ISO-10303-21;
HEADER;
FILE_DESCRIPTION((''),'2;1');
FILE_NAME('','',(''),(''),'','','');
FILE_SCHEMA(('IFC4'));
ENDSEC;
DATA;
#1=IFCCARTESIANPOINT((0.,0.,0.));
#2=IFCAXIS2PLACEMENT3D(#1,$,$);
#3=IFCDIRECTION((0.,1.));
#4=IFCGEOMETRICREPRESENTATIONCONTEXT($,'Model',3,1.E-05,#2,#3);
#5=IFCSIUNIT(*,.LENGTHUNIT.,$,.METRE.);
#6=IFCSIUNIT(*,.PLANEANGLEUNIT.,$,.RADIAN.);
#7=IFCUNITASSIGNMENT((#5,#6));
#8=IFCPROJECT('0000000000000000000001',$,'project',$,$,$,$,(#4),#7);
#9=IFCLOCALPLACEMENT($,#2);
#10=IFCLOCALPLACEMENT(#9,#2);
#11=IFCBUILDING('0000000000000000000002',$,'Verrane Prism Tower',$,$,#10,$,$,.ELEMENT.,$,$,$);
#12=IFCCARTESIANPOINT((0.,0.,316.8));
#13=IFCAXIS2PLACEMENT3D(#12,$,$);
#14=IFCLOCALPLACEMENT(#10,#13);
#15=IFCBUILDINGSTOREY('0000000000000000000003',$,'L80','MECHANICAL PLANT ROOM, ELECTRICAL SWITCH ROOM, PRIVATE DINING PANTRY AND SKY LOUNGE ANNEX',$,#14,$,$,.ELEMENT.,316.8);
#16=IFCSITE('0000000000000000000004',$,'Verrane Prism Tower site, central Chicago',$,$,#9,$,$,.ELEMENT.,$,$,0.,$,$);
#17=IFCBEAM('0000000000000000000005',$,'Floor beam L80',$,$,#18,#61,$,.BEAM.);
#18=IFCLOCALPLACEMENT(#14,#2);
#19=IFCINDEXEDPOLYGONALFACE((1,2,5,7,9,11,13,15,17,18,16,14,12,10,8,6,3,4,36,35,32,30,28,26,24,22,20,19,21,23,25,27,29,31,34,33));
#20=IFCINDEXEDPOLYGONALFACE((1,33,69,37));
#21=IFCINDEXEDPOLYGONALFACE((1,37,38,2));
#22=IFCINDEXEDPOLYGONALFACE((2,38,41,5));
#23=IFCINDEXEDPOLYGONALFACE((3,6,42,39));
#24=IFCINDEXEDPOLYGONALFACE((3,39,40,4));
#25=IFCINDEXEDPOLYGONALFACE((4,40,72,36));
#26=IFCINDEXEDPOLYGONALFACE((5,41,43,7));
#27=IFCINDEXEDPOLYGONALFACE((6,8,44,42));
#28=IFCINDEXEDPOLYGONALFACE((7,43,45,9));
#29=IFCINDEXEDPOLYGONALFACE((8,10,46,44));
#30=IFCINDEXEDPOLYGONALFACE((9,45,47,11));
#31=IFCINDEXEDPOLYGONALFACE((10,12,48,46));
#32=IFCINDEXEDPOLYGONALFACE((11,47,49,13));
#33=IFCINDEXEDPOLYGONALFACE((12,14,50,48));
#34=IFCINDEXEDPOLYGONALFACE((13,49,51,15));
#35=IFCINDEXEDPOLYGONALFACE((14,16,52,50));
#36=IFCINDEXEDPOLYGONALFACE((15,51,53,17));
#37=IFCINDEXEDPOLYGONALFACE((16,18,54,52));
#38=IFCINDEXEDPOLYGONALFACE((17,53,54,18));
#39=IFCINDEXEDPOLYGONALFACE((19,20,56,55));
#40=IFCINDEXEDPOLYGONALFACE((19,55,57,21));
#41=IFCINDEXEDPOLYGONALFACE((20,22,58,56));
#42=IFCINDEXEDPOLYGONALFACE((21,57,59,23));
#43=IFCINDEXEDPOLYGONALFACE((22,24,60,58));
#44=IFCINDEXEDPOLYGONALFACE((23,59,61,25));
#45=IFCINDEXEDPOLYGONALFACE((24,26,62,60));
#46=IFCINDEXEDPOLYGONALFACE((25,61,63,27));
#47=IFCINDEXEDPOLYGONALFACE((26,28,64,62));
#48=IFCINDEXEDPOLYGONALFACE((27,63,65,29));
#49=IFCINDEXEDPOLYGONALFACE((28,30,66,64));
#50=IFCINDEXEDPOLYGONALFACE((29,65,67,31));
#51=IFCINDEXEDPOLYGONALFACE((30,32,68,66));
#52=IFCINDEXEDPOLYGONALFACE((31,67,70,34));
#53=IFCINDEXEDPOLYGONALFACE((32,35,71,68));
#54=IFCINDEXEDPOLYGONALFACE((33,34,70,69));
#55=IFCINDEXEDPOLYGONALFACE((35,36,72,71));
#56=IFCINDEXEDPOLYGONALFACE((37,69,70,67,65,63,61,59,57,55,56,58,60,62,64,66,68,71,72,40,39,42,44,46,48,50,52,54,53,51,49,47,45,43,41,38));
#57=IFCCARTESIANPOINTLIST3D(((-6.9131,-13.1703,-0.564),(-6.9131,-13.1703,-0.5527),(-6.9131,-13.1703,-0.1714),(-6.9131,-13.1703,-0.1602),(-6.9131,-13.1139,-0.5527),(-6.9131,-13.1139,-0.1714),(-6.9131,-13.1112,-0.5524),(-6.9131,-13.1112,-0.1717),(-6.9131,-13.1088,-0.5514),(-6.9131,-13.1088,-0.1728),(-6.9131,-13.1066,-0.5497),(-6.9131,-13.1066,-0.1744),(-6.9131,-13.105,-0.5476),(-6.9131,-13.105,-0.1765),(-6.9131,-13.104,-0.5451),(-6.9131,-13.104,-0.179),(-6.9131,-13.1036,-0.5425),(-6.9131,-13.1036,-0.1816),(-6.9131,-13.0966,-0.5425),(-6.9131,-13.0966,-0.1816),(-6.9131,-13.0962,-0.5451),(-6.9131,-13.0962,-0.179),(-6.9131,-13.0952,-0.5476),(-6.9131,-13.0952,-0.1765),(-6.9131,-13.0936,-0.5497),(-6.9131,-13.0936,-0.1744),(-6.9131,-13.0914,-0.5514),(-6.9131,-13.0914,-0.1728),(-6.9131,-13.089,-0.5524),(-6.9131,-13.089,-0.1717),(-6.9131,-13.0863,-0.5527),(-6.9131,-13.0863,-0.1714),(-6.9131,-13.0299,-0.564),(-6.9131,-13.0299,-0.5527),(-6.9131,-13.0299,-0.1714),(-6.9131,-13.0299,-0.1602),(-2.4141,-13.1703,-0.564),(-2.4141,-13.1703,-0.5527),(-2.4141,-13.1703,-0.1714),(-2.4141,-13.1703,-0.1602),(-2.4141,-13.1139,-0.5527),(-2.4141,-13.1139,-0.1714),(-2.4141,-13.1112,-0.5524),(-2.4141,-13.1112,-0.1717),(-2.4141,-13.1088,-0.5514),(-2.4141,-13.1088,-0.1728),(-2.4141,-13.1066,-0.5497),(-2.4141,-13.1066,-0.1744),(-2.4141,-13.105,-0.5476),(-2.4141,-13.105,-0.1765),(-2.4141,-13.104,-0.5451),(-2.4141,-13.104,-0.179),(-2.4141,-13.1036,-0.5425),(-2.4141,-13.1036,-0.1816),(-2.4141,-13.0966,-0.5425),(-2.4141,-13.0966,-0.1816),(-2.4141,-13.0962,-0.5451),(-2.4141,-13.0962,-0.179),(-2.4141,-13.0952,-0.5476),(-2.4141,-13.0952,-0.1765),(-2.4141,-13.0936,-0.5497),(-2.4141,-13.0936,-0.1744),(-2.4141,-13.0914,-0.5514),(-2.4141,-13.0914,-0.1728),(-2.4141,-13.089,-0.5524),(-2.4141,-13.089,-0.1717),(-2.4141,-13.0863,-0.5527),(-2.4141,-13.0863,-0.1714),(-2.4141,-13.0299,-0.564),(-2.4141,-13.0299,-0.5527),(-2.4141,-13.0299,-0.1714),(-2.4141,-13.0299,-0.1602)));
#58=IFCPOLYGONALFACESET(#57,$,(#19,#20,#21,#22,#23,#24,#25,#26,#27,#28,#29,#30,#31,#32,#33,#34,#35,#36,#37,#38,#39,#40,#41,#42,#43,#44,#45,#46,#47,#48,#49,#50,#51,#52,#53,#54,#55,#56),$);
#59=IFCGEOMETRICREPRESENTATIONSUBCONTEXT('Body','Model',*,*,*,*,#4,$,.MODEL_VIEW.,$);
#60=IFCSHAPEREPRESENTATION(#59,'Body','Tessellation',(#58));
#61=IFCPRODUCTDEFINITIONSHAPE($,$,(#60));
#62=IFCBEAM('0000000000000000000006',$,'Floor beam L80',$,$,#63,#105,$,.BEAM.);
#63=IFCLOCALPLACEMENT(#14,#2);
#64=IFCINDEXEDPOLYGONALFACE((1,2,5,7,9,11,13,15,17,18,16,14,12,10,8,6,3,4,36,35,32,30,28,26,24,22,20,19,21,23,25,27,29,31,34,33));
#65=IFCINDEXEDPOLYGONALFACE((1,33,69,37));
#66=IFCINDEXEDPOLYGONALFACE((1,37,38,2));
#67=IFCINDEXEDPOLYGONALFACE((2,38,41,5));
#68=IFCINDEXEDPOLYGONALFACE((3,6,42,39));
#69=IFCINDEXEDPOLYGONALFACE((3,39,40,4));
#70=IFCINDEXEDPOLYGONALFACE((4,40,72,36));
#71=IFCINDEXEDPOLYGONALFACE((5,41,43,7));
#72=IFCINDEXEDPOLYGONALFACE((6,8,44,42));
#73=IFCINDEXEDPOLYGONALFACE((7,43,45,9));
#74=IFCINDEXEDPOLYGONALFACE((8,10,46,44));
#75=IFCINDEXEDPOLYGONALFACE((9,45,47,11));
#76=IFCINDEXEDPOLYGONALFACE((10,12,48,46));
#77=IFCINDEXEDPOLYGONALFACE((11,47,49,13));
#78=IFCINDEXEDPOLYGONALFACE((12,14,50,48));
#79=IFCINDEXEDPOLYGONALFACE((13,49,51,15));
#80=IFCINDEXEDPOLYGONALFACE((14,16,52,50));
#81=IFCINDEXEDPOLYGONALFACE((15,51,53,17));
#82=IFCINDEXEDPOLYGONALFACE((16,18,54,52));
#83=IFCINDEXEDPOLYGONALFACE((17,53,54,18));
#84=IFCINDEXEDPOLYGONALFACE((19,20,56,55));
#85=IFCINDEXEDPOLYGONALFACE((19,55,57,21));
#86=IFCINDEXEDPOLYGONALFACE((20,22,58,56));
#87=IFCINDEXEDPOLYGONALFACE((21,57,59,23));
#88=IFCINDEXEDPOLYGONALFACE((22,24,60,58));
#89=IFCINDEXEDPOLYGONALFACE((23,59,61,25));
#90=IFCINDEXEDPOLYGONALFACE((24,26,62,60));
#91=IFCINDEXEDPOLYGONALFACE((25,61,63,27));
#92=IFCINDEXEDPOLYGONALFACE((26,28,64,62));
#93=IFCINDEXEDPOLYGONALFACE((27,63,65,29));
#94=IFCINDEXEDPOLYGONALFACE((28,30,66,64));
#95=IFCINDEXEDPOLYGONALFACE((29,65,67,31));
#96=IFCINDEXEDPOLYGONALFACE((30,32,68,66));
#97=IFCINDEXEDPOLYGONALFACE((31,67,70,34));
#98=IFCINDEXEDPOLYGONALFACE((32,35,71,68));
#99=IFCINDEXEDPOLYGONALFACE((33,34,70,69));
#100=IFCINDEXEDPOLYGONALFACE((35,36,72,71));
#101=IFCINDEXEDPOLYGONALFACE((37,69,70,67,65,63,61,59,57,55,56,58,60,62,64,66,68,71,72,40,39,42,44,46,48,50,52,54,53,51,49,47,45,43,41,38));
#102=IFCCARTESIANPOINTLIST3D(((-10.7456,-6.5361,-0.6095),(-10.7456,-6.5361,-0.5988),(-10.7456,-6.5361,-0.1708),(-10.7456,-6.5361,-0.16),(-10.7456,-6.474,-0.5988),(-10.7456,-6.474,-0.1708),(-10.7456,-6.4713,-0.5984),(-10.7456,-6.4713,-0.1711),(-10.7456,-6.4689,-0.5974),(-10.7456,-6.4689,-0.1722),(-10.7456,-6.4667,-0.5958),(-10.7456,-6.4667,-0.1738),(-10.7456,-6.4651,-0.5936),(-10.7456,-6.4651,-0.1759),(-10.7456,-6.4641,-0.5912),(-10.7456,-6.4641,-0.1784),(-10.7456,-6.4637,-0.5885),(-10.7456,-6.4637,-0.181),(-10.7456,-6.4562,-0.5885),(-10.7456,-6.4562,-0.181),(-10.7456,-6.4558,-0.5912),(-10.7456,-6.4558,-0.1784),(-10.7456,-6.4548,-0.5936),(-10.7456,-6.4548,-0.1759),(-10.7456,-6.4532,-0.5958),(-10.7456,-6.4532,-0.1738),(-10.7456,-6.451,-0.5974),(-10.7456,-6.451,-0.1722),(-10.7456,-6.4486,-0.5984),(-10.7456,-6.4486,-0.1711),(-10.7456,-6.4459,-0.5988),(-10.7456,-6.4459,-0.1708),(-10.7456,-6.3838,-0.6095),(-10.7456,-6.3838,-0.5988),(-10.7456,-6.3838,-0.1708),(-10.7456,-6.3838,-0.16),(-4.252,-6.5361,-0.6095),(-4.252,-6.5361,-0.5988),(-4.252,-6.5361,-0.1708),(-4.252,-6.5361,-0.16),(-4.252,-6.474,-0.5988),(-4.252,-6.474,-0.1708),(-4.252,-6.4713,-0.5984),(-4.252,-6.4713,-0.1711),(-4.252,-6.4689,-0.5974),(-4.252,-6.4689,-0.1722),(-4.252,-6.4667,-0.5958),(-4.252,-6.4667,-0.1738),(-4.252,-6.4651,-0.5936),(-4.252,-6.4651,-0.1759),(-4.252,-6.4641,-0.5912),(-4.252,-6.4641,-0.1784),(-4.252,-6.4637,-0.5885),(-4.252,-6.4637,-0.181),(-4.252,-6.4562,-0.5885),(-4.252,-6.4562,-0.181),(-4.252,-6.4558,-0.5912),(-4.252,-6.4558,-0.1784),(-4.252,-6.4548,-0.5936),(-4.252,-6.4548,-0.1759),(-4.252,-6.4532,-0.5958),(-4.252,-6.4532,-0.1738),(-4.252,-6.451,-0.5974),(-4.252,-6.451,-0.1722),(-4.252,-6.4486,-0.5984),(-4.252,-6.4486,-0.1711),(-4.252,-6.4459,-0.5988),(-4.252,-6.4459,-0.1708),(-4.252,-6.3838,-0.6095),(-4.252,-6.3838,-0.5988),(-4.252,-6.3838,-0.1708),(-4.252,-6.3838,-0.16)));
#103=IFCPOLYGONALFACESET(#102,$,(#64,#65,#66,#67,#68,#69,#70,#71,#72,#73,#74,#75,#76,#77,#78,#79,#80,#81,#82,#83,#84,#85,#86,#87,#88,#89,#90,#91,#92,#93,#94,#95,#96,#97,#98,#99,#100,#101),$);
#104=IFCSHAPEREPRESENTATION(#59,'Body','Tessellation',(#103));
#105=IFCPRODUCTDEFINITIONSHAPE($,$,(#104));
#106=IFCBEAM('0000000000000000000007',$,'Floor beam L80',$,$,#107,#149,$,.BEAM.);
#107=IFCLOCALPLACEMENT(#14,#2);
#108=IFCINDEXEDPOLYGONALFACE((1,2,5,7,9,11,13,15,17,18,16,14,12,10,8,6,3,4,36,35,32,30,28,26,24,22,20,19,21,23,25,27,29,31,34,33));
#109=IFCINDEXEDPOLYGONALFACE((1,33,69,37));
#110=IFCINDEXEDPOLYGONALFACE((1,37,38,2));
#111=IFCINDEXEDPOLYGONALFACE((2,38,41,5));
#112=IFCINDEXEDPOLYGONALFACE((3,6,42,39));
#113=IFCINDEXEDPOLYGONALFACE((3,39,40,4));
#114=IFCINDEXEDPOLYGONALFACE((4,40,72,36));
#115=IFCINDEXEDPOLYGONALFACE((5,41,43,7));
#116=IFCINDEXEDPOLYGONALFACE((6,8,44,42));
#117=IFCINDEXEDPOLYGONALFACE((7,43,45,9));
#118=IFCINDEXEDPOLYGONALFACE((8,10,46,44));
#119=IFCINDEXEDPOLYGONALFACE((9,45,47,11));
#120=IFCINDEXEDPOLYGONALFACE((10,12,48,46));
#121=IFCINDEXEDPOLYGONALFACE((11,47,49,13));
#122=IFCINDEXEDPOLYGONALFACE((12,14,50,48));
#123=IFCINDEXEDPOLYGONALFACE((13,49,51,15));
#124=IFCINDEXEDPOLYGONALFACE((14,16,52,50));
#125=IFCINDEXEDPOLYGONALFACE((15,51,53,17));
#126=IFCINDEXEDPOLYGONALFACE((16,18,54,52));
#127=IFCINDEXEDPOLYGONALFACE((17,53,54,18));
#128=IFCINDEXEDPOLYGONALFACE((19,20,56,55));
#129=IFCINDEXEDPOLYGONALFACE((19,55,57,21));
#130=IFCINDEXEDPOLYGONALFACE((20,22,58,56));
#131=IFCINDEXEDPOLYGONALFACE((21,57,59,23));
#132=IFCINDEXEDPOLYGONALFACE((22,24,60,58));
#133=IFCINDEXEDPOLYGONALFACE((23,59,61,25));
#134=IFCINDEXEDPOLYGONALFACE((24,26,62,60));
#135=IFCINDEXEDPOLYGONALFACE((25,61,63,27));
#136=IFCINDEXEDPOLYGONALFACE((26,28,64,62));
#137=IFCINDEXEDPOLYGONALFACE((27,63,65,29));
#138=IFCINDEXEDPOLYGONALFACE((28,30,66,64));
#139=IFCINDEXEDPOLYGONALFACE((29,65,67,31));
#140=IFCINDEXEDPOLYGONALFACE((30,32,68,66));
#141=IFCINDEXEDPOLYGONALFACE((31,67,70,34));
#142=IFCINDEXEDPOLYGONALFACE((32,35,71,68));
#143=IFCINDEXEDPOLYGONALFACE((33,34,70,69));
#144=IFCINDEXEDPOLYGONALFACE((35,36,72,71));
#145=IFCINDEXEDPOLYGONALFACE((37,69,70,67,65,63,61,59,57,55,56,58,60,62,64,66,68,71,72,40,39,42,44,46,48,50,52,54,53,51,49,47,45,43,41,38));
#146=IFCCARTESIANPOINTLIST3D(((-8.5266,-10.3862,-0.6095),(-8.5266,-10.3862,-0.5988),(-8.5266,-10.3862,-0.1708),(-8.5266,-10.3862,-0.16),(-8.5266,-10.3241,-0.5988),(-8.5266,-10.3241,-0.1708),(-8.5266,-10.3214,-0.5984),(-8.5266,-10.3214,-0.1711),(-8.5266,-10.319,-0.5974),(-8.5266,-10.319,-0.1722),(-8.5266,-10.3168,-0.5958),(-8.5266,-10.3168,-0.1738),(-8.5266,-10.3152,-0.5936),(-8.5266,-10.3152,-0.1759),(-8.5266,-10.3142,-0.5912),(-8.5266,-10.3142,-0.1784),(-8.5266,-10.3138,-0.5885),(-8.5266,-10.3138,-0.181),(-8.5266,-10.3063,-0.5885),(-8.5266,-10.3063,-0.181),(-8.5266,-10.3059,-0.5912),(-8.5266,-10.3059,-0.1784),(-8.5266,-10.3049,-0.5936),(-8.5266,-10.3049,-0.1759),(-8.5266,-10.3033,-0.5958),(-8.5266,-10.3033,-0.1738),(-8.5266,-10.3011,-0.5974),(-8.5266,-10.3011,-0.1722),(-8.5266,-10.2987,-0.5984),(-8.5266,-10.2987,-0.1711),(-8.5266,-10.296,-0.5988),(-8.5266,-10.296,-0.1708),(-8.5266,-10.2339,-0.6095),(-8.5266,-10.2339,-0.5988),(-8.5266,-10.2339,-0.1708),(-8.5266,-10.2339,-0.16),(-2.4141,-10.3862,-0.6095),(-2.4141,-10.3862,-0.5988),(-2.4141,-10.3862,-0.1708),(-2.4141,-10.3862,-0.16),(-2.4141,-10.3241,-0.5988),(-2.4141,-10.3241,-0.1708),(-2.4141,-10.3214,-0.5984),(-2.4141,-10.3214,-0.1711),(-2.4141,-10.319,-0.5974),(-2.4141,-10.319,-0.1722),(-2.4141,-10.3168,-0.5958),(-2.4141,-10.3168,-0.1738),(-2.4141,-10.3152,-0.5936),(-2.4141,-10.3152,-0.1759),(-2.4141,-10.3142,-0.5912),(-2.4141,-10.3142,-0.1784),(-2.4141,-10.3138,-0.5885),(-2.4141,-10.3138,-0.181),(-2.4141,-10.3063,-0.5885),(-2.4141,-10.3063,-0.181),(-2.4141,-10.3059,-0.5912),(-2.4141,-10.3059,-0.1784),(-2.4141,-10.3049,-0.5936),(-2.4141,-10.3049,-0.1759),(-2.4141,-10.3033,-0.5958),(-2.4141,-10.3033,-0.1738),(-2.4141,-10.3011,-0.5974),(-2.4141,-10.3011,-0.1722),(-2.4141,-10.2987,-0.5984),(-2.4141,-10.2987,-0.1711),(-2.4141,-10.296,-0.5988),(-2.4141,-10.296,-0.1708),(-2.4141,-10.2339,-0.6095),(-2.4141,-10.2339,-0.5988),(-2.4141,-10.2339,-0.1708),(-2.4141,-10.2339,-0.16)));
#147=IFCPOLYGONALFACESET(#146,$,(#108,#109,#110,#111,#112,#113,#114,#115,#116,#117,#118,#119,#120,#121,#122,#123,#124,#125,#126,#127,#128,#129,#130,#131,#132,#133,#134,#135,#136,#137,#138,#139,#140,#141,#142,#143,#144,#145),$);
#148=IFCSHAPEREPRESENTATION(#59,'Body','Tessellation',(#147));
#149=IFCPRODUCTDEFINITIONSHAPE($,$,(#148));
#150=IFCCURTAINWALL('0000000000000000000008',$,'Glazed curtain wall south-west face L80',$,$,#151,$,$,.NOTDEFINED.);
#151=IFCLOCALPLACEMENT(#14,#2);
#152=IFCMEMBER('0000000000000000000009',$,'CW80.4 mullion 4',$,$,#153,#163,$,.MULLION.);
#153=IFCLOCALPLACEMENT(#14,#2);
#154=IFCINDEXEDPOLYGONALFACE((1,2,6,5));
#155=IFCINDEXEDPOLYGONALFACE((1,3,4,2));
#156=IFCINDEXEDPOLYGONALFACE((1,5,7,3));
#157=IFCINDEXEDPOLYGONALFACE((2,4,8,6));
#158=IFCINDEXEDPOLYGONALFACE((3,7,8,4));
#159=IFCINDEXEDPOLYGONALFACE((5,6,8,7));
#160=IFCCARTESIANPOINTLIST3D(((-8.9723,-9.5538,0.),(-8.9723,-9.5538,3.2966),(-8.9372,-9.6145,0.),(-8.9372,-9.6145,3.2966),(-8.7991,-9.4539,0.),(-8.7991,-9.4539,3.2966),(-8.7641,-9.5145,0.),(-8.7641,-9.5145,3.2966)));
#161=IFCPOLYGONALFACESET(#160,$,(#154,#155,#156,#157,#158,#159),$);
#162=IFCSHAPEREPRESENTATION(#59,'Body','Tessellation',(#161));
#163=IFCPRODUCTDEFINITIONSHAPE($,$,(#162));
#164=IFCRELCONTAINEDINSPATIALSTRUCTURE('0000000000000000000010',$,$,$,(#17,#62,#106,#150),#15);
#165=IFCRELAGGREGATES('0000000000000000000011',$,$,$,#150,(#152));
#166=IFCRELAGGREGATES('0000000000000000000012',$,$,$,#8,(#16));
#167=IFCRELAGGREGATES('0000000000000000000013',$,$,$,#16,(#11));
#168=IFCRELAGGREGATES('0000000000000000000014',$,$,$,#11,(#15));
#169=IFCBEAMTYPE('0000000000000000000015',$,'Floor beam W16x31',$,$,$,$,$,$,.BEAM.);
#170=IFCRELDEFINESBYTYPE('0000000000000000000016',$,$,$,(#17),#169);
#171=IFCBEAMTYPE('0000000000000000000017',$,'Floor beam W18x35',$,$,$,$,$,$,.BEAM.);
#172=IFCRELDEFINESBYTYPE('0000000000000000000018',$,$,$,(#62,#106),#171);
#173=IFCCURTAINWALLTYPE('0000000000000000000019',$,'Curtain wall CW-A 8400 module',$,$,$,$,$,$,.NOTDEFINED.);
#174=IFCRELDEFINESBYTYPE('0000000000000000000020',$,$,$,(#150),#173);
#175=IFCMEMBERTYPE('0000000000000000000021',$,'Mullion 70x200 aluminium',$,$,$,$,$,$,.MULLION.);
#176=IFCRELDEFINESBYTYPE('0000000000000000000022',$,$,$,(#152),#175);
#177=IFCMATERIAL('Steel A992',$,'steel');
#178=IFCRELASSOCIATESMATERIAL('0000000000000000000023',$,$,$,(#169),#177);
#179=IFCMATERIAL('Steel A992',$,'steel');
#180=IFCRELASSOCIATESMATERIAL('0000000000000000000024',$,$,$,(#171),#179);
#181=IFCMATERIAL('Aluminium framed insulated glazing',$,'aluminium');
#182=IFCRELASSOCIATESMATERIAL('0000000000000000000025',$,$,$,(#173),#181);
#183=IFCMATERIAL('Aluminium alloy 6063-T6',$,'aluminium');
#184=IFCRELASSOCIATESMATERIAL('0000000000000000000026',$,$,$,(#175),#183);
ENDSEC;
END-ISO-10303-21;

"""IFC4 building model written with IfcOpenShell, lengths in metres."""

from ifc_helpers import new_model, si_unit, direction, frame, origin, origin_2d, place, context, subcontext, project, spatial, rectangle, i_section, extrude, material, material_profile, profile_set, type_object, element, aggregate, save


model = new_model("IFC4")

# Units and contexts
model_context = context("Model", 3, precision=1e-05, world=origin(), true_north=direction((0.0, 1.0)))
body_context = subcontext(model_context, "Body", "Model", "MODEL_VIEW")
ifc_project = project(units=[si_unit("LENGTHUNIT", "METRE"), si_unit("PLANEANGLEUNIT", "RADIAN")], contexts=[model_context])

# Site, building, storey
site_placement = place(None, origin())
site = spatial("IfcSite", under=ifc_project, at=site_placement, Name="Verrane Prism Tower site, central Chicago", CompositionType="ELEMENT", RefElevation=0.0)
building_placement = place(site_placement, origin())
building = spatial("IfcBuilding", under=site, at=building_placement, Name="Verrane Prism Tower", CompositionType="ELEMENT")
storey_placement = place(building_placement, frame((0.0, 0.0, 316.8)))
storey = spatial("IfcBuildingStorey", under=building, at=storey_placement, Name="L80", Description="MECHANICAL PLANT ROOM, ELECTRICAL SWITCH ROOM, PRIVATE DINING PANTRY AND SKY LOUNGE ANNEX", CompositionType="ELEMENT", Elevation=316.8)

# Beams
ifc_material_1 = material(Name="Steel A992", Category="steel")
ifc_material_profile_1 = material_profile(ifc_material_1, i_section(OverallWidth=0.1404, OverallDepth=0.4038, WebThickness=0.0071, FlangeThickness=0.0112, FilletRadius=0.0103, at=origin_2d()), Name="W16x31")
ifc_profile_set_1 = profile_set([ifc_material_profile_1], Name="Steel A992")
beam_type_1 = type_object("IfcBeamType", Name="Floor beam W16x31", PredefinedType="BEAM", material=ifc_profile_set_1)
beam_1_placement = place(storey_placement, frame((-6.9131, -13.1001, -0.3621), z_axis=(1.0, 0.0, 0.0), x_axis=(0.0, 1.0, 0.0)))
element("IfcBeam", 1, at=beam_1_placement, inside=storey, type_object=beam_type_1, Name="Floor beam L80", PredefinedType="BEAM", context=body_context, shape_type="SweptSolid", body=[
    extrude(i_section(OverallWidth=0.1404, OverallDepth=0.4038, WebThickness=0.0071, FlangeThickness=0.0112, FilletRadius=0.0103, at=origin_2d()), origin(), (0.0, 0.0, 1.0), 4.499),
])
ifc_material_2 = material(Name="Steel A992", Category="steel")
ifc_material_profile_2 = material_profile(ifc_material_2, i_section(OverallWidth=0.1523, OverallDepth=0.4495, WebThickness=0.0076, FlangeThickness=0.0107, FilletRadius=0.0103, at=origin_2d()), Name="W18x35")
ifc_profile_set_2 = profile_set([ifc_material_profile_2], Name="Steel A992")
beam_type_2 = type_object("IfcBeamType", Name="Floor beam W18x35", PredefinedType="BEAM", material=ifc_profile_set_2)
beam_2_placement = place(storey_placement, frame((-10.7456, -6.46, -0.3848), z_axis=(1.0, 0.0, 0.0), x_axis=(0.0, 1.0, 0.0)))
element("IfcBeam", 2, at=beam_2_placement, inside=storey, type_object=beam_type_2, Name="Floor beam L80", PredefinedType="BEAM", context=body_context, shape_type="SweptSolid", body=[
    extrude(i_section(OverallWidth=0.1523, OverallDepth=0.4495, WebThickness=0.0076, FlangeThickness=0.0107, FilletRadius=0.0103, at=origin_2d()), origin(), (0.0, 0.0, 1.0), 6.4937),
])
beam_3_placement = place(storey_placement, frame((-8.5266, -10.3101, -0.3848), z_axis=(1.0, 0.0, 0.0), x_axis=(0.0, 1.0, 0.0)))
element("IfcBeam", 3, at=beam_3_placement, inside=storey, type_object=beam_type_2, Name="Floor beam L80", PredefinedType="BEAM", context=body_context, shape_type="SweptSolid", body=[
    extrude(i_section(OverallWidth=0.1523, OverallDepth=0.4495, WebThickness=0.0076, FlangeThickness=0.0107, FilletRadius=0.0103, at=origin_2d()), origin(), (0.0, 0.0, 1.0), 6.1125),
])

# Curtain wall, member
ifc_material_3 = material(Name="Aluminium framed insulated glazing", Category="aluminium")
curtain_wall_type = type_object("IfcCurtainWallType", Name="Curtain wall CW-A 8400 module", PredefinedType="NOTDEFINED", material=ifc_material_3)
curtain_wall_placement = place(storey_placement, origin())
curtain_wall = element("IfcCurtainWall", 4, at=curtain_wall_placement, inside=storey, type_object=curtain_wall_type, Name="Glazed curtain wall south-west face L80", PredefinedType="NOTDEFINED")
ifc_material_4 = material(Name="Aluminium alloy 6063-T6", Category="aluminium")
ifc_material_profile_3 = material_profile(ifc_material_4, rectangle(XDim=0.2, YDim=0.0701, at=origin_2d()), Name="Mullion 70x200 aluminium")
ifc_profile_set_3 = profile_set([ifc_material_profile_3], Name="Aluminium alloy 6063-T6")
member_type_1 = type_object("IfcMemberType", Name="Mullion 70x200 aluminium", PredefinedType="MULLION", material=ifc_profile_set_3)
member_1_placement = place(storey_placement, frame((-8.8682, -9.5342, 0.0), z_axis=(0.0, 0.0, 1.0), x_axis=(0.866025, 0.5, 0.0)))
member_1 = element("IfcMember", 5, at=member_1_placement, type_object=member_type_1, Name="CW80.4 mullion 4", PredefinedType="MULLION", context=body_context, shape_type="SweptSolid", body=[
    extrude(rectangle(XDim=0.2, YDim=0.0701, at=origin_2d()), origin(), (0.0, 0.0, 1.0), 3.2966),
])

aggregate(curtain_wall, [member_1])

save(model, "model.ifc")
